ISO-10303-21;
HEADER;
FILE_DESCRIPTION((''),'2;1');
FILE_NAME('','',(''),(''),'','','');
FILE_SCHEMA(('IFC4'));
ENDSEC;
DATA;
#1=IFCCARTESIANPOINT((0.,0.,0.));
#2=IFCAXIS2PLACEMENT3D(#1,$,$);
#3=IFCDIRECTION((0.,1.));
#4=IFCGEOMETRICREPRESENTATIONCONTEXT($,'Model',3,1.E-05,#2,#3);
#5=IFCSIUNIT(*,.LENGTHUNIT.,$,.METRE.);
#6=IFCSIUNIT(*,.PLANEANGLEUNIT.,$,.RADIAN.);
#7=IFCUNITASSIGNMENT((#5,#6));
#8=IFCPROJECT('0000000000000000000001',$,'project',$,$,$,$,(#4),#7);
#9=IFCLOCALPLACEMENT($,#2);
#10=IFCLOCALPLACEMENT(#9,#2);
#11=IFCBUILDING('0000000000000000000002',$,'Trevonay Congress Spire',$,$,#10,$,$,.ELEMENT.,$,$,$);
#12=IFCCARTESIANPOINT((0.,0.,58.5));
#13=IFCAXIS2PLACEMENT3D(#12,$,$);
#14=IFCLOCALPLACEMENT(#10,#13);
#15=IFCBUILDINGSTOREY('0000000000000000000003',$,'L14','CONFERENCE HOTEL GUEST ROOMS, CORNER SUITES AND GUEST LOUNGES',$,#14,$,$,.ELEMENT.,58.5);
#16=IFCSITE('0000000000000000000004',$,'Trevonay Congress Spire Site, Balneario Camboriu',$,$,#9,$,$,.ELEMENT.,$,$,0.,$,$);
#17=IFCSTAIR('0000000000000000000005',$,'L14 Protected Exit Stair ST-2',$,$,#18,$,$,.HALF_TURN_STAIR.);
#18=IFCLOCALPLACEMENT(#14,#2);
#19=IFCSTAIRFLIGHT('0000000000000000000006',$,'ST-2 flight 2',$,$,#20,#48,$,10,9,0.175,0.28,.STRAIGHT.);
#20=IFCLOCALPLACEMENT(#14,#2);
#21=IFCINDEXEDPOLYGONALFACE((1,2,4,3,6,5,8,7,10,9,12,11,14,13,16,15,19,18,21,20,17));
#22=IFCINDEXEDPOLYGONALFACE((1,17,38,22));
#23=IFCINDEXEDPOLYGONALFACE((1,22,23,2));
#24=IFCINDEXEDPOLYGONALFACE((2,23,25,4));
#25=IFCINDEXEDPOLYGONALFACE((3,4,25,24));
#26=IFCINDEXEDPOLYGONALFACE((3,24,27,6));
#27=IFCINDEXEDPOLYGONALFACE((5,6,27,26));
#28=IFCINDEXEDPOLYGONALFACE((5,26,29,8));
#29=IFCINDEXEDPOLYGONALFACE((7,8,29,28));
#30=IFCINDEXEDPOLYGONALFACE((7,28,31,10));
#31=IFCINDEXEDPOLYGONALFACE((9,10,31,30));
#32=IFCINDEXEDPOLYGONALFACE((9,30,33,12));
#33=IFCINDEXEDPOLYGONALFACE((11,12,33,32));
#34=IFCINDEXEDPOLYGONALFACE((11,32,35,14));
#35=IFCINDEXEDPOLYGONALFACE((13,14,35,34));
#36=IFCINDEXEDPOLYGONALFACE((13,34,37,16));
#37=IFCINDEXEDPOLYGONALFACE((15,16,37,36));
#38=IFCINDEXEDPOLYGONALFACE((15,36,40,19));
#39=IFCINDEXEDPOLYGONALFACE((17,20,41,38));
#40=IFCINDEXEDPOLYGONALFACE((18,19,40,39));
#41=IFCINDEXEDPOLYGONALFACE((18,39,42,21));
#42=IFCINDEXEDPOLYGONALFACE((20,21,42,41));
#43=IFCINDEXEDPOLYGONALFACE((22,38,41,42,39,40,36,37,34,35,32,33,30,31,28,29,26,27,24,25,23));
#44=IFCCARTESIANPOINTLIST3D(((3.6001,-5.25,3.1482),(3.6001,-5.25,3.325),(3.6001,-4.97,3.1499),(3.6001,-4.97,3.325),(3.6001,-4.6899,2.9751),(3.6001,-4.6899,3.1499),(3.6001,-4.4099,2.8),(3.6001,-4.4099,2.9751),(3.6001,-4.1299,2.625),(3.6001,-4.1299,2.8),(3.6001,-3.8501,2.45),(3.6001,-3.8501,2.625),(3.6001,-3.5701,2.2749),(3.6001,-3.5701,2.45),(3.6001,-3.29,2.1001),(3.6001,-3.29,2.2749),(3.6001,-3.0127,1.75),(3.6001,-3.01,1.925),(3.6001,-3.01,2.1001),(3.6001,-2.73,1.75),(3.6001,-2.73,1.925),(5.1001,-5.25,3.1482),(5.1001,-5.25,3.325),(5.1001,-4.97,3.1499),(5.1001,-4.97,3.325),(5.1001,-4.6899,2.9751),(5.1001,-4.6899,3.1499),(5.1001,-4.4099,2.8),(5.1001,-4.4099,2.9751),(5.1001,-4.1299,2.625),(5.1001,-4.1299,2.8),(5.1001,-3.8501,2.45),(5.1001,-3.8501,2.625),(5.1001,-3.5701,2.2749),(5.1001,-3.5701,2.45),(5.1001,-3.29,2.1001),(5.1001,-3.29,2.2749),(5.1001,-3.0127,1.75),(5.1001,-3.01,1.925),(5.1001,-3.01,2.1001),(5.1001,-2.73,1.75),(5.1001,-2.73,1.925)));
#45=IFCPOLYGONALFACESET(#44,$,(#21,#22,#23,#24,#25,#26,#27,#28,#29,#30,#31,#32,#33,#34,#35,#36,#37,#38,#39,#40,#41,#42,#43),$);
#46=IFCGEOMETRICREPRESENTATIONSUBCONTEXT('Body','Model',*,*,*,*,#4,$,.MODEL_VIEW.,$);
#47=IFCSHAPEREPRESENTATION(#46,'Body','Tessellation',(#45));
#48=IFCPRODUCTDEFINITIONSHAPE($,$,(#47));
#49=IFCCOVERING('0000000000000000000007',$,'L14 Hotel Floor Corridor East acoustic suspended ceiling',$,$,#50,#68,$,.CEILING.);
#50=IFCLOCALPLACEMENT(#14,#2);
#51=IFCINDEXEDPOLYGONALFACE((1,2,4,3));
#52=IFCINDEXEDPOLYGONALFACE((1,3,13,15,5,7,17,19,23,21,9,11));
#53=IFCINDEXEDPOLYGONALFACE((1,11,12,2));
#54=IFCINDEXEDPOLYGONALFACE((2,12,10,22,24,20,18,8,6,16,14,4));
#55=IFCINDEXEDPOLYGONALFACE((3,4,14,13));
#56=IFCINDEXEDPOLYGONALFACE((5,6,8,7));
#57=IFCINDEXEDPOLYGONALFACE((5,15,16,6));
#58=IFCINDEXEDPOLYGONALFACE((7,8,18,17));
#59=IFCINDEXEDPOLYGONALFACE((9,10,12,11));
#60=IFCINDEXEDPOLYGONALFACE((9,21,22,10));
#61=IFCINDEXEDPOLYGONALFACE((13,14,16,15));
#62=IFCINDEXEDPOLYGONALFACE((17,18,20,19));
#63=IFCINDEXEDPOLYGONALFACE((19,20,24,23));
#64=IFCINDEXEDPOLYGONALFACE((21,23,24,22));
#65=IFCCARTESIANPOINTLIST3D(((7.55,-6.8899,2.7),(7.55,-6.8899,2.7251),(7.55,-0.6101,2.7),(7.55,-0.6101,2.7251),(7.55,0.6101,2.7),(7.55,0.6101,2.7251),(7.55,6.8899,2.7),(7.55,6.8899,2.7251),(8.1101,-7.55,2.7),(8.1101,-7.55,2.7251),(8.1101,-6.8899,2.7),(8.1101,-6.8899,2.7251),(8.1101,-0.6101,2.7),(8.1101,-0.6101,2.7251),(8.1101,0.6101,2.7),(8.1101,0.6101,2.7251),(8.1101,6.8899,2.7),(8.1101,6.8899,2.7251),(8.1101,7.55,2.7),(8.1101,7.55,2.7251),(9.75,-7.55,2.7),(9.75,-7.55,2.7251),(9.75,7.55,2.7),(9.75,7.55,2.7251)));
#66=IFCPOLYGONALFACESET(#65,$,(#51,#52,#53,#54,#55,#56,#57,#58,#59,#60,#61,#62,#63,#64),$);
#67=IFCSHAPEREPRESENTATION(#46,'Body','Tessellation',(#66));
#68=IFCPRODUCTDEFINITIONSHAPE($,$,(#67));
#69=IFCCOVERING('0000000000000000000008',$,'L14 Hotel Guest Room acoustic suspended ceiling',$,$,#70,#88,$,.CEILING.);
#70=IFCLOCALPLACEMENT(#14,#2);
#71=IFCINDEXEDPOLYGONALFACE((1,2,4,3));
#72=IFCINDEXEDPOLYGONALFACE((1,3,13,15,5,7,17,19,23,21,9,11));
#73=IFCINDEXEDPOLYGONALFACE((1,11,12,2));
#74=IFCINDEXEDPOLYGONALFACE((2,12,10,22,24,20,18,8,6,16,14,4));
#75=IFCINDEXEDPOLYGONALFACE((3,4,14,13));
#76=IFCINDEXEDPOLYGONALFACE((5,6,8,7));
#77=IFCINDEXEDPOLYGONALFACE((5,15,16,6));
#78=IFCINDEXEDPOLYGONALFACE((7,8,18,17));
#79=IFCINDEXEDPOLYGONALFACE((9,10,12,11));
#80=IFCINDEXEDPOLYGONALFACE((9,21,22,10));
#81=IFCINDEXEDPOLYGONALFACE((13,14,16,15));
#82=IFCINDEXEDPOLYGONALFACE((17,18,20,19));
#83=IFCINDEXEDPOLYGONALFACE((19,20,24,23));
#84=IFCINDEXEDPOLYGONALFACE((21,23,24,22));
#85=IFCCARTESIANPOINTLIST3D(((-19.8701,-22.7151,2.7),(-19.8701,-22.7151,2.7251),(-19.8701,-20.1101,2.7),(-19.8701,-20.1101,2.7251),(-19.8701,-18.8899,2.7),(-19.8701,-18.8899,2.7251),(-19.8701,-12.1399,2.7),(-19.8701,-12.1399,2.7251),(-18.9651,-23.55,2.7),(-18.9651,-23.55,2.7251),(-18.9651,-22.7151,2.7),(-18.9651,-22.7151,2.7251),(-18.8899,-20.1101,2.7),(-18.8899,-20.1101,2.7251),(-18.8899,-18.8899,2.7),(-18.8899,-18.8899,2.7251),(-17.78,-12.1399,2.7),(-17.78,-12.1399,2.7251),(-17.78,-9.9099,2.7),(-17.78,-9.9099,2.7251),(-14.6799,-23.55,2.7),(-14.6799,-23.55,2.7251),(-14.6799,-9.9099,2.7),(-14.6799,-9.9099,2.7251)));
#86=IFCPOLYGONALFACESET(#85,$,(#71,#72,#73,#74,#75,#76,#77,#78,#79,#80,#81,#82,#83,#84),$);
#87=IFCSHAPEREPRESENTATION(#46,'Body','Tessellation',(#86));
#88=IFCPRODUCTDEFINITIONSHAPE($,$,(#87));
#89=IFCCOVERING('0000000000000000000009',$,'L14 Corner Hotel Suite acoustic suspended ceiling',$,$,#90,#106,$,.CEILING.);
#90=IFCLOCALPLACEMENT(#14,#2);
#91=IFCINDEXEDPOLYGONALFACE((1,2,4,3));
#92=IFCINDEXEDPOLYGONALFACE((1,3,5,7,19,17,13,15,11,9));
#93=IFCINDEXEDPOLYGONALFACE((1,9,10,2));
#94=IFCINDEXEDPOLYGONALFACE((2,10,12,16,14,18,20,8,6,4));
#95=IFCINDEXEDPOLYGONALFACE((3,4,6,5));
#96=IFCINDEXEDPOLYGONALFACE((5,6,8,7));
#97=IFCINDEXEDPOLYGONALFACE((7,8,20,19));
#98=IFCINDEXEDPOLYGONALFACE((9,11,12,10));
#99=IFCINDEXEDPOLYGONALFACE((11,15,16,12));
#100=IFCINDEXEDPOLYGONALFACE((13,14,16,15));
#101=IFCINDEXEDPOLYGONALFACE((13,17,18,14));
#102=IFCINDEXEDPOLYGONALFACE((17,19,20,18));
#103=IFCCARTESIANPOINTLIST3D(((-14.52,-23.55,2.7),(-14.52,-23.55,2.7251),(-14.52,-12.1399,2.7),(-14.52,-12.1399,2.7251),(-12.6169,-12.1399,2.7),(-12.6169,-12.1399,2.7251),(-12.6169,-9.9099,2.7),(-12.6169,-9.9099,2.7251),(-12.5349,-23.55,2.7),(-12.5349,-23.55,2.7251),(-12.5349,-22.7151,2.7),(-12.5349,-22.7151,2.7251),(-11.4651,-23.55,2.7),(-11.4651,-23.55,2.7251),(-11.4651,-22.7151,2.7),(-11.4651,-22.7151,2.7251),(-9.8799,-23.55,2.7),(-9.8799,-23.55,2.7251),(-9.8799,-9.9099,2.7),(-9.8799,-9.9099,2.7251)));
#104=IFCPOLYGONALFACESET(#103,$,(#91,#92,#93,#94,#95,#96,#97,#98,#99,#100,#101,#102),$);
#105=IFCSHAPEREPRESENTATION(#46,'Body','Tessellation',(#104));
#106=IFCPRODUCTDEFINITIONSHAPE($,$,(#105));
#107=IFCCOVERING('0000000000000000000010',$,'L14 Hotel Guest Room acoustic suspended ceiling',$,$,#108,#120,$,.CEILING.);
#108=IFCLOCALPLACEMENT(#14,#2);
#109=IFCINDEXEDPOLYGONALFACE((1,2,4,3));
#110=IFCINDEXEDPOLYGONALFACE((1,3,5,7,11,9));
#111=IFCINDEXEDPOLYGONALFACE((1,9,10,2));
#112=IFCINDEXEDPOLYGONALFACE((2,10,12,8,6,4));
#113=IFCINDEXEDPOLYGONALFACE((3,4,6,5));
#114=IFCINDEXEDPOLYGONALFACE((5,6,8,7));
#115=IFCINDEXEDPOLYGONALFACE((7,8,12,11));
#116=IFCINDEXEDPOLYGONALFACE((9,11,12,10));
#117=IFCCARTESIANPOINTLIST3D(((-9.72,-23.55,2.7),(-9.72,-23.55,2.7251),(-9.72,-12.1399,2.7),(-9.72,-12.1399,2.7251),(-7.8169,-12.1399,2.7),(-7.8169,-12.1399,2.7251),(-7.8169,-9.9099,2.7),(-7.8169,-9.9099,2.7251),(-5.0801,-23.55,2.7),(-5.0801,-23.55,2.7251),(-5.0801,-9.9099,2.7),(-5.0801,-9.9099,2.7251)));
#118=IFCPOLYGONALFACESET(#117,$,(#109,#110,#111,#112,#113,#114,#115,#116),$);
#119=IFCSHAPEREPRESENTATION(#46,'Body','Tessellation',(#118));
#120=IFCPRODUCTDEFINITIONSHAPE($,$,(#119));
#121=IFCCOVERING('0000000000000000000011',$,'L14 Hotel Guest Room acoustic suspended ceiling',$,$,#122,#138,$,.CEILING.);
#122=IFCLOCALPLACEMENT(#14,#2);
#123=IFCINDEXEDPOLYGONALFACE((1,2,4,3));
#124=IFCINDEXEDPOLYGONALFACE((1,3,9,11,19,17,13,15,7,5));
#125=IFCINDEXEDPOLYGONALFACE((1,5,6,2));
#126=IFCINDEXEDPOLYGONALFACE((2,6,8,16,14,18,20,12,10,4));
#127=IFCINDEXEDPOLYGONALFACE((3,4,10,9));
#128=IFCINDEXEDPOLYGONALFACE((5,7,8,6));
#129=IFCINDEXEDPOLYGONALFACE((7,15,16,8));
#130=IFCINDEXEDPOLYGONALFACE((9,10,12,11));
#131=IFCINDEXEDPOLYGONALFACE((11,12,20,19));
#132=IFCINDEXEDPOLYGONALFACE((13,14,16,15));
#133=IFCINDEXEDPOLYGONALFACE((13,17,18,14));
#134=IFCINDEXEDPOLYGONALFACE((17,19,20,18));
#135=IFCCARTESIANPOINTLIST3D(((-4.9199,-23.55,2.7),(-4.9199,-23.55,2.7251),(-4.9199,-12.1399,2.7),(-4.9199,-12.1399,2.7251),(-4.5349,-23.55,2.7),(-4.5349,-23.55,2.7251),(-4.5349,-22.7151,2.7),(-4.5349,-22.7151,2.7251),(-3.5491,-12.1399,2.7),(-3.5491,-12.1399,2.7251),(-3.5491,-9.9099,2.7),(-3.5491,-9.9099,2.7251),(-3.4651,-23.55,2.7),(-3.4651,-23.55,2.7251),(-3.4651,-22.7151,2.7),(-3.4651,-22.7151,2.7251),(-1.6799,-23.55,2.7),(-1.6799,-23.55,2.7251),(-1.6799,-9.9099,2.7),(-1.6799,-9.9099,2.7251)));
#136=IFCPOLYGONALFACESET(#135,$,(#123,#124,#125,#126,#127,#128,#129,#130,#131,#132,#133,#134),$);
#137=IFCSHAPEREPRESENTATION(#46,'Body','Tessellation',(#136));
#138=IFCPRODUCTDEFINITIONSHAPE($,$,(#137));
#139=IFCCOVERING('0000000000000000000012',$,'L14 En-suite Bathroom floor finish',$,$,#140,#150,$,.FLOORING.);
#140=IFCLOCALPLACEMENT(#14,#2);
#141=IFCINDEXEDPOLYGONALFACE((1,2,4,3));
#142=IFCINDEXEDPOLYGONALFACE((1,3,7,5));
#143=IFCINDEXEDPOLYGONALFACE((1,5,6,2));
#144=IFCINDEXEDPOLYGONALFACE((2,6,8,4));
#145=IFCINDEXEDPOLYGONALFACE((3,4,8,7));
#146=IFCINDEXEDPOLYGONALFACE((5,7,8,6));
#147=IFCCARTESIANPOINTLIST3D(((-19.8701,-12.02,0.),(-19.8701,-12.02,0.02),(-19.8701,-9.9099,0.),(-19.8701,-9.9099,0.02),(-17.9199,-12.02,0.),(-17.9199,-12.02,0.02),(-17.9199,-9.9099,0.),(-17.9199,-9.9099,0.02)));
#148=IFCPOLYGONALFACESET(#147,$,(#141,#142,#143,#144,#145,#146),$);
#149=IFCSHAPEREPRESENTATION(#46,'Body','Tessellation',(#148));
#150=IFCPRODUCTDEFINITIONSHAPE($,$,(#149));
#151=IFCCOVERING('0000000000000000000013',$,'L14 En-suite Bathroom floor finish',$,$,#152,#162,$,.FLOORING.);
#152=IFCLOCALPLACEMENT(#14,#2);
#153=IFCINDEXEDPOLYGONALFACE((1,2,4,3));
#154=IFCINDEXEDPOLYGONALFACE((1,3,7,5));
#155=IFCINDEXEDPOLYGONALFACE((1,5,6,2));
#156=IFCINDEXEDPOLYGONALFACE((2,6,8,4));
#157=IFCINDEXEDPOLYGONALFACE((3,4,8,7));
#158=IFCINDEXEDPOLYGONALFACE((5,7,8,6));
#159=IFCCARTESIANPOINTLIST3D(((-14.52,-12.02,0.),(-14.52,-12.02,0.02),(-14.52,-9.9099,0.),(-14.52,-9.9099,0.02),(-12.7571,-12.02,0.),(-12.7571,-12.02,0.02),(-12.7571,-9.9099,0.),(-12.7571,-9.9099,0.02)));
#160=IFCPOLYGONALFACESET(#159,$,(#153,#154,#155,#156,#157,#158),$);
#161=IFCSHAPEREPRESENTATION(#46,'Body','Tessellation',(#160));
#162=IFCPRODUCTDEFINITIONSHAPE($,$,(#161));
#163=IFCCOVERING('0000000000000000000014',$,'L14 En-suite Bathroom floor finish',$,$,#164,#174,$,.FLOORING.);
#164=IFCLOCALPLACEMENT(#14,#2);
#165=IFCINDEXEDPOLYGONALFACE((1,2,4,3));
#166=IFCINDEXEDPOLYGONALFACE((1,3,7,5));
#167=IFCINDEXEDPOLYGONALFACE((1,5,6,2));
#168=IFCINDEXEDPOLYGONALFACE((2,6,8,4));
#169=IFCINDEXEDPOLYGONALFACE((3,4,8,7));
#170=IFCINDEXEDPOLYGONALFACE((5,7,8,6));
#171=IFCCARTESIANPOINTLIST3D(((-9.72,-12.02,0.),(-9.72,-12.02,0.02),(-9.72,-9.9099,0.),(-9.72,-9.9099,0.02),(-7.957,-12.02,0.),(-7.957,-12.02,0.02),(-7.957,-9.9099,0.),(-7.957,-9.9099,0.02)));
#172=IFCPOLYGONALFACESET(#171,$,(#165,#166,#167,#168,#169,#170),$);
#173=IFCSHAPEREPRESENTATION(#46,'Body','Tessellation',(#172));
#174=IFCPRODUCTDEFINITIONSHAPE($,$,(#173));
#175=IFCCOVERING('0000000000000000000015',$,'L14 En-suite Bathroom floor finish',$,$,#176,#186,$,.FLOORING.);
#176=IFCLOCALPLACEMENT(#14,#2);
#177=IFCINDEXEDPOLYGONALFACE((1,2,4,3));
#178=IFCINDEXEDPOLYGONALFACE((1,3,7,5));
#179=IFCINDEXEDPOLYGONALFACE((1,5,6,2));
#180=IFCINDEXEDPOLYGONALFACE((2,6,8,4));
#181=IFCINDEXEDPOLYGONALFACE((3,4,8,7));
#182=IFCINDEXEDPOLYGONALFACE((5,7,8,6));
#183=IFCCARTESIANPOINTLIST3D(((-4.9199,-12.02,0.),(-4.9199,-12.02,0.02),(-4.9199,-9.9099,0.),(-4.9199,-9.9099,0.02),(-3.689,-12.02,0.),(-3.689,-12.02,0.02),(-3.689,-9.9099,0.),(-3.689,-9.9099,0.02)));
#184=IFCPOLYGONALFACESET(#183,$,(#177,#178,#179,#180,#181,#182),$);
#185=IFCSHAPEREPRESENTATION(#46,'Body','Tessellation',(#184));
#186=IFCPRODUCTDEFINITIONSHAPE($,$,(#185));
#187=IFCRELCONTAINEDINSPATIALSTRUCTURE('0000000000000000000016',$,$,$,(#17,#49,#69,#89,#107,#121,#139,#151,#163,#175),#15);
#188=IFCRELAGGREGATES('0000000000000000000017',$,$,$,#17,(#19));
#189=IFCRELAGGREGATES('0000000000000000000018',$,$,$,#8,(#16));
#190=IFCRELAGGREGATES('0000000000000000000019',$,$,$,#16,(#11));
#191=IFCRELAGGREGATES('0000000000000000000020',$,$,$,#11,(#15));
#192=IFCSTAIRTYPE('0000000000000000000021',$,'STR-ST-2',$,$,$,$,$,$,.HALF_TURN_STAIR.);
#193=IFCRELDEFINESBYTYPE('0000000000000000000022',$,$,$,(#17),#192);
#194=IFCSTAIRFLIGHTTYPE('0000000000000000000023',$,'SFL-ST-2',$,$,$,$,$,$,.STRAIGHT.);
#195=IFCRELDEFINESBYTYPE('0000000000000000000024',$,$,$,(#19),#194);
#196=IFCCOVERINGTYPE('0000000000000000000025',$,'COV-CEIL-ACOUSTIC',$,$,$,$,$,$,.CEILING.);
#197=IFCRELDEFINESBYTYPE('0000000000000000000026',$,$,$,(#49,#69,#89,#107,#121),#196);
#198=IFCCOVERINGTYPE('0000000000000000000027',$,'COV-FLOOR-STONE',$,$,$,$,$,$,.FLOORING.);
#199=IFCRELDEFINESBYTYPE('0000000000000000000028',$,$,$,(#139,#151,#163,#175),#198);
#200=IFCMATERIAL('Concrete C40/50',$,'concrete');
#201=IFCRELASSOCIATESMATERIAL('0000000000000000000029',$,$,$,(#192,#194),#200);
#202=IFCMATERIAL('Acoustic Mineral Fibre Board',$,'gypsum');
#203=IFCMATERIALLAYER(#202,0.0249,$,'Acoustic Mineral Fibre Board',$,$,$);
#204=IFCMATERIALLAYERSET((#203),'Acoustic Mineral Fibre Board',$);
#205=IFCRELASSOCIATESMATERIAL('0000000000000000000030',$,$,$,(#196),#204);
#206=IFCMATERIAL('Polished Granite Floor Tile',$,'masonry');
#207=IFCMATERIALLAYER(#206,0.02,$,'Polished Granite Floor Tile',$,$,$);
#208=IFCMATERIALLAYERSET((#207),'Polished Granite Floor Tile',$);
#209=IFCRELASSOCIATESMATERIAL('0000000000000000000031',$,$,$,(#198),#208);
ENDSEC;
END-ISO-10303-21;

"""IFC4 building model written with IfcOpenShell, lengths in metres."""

from ifc_helpers import new_model, si_unit, direction, frame, origin, place, context, subcontext, project, spatial, polyline, outline, extrude, material, layer, layer_set, type_object, element, aggregate, save


model = new_model("IFC4")

# Units and contexts
model_context = context("Model", 3, precision=1e-05, world=origin(), true_north=direction((0.0, 1.0)))
body_context = subcontext(model_context, "Body", "Model", "MODEL_VIEW")
ifc_project = project(units=[si_unit("LENGTHUNIT", "METRE"), si_unit("PLANEANGLEUNIT", "RADIAN")], contexts=[model_context])

# Site, building, storey
site_placement = place(None, origin())
site = spatial("IfcSite", under=ifc_project, at=site_placement, Name="Trevonay Congress Spire Site, Balneario Camboriu", CompositionType="ELEMENT", RefElevation=0.0)
building_placement = place(site_placement, origin())
building = spatial("IfcBuilding", under=site, at=building_placement, Name="Trevonay Congress Spire", CompositionType="ELEMENT")
storey_placement = place(building_placement, frame((0.0, 0.0, 58.5)))
storey = spatial("IfcBuildingStorey", under=building, at=storey_placement, Name="L14", Description="CONFERENCE HOTEL GUEST ROOMS, CORNER SUITES AND GUEST LOUNGES", CompositionType="ELEMENT", Elevation=58.5)

# Shared definitions
ifc_material_1 = material(Name="Concrete C40/50", Category="concrete")

# Stair, stair flight
stair_type = type_object("IfcStairType", Name="STR-ST-2", PredefinedType="HALF_TURN_STAIR", material=ifc_material_1)
stair_placement = place(storey_placement, origin())
stair = element("IfcStair", 1, at=stair_placement, inside=storey, type_object=stair_type, Name="L14 Protected Exit Stair ST-2", PredefinedType="HALF_TURN_STAIR")
stair_flight_type = type_object("IfcStairFlightType", Name="SFL-ST-2", PredefinedType="STRAIGHT", material=ifc_material_1)
stair_flight_1_placement = place(storey_placement, frame((4.3501, -2.73, 1.75), z_axis=(0.0, 0.0, 1.0), x_axis=(0.0, -1.0, 0.0)))
stair_flight_1 = element("IfcStairFlight", 2, at=stair_flight_1_placement, type_object=stair_flight_type, Name="ST-2 flight 2", NumberOfRisers=10, NumberOfTreads=9, PredefinedType="STRAIGHT", RiserHeight=0.175, TreadLength=0.28, context=body_context, shape_type="SweptSolid", body=[
    extrude(outline(polyline([(0.0, 0.0), (0.0, 0.175), (0.28, 0.175), (0.28, 0.3501), (0.5601, 0.3501), (0.5601, 0.5249), (0.8401, 0.5249), (0.8401, 0.7), (1.1201, 0.7), (1.1201, 0.875), (1.3999, 0.875), (1.3999, 1.05), (1.6799, 1.05), (1.6799, 1.2251), (1.96, 1.2251), (1.96, 1.3999), (2.24, 1.3999), (2.24, 1.575), (2.52, 1.575), (2.52, 1.75), (2.52, 1.3982), (0.2827, 0.0), (0.0, 0.0)])), frame((0.0, 0.75, 0.0), z_axis=(0.0, -1.0, 0.0), x_axis=(1.0, 0.0, 0.0)), (0.0, 0.0, 1.0), 1.5),
])
aggregate(stair, [stair_flight_1])

# Coverings
ifc_material_2 = material(Name="Acoustic Mineral Fibre Board", Category="gypsum")
ifc_layer_1 = layer(ifc_material_2, 0.0249, Name="Acoustic Mineral Fibre Board")
ifc_layer_set_1 = layer_set([ifc_layer_1], Name="Acoustic Mineral Fibre Board")
covering_type_1 = type_object("IfcCoveringType", Name="COV-CEIL-ACOUSTIC", PredefinedType="CEILING", material=ifc_layer_set_1)
covering_1_placement = place(storey_placement, frame((0.0, 0.0, 2.7)))
element("IfcCovering", 3, at=covering_1_placement, inside=storey, type_object=covering_type_1, Name="L14 Hotel Floor Corridor East acoustic suspended ceiling", PredefinedType="CEILING", context=body_context, shape_type="SweptSolid", body=[
    extrude(outline(polyline([(9.75, -7.55), (8.1101, -7.55), (8.1101, -6.8899), (7.55, -6.8899), (7.55, -0.6101), (8.1101, -0.6101), (8.1101, 0.6101), (7.55, 0.6101), (7.55, 6.8899), (8.1101, 6.8899), (8.1101, 7.55), (9.75, 7.55), (9.75, -7.55)])), origin(), (0.0, 0.0, 1.0), 0.0251),
])
covering_2_placement = place(storey_placement, frame((0.0, 0.0, 2.7)))
element("IfcCovering", 4, at=covering_2_placement, inside=storey, type_object=covering_type_1, Name="L14 Hotel Guest Room acoustic suspended ceiling", PredefinedType="CEILING", context=body_context, shape_type="SweptSolid", body=[
    extrude(outline(polyline([(-19.8701, -12.1399), (-17.78, -12.1399), (-17.78, -9.9099), (-14.6799, -9.9099), (-14.6799, -23.55), (-18.9651, -23.55), (-18.9651, -22.7151), (-19.8701, -22.7151), (-19.8701, -20.1101), (-18.8899, -20.1101), (-18.8899, -18.8899), (-19.8701, -18.8899), (-19.8701, -12.1399)])), origin(), (0.0, 0.0, 1.0), 0.0251),
])
covering_3_placement = place(storey_placement, frame((0.0, 0.0, 2.7)))
element("IfcCovering", 5, at=covering_3_placement, inside=storey, type_object=covering_type_1, Name="L14 Corner Hotel Suite acoustic suspended ceiling", PredefinedType="CEILING", context=body_context, shape_type="SweptSolid", body=[
    extrude(outline(polyline([(-14.52, -23.55), (-14.52, -12.1399), (-12.6169, -12.1399), (-12.6169, -9.9099), (-9.8799, -9.9099), (-9.8799, -23.55), (-11.4651, -23.55), (-11.4651, -22.7151), (-12.5349, -22.7151), (-12.5349, -23.55), (-14.52, -23.55)])), origin(), (0.0, 0.0, 1.0), 0.0251),
])
covering_4_placement = place(storey_placement, frame((0.0, 0.0, 2.7)))
element("IfcCovering", 6, at=covering_4_placement, inside=storey, type_object=covering_type_1, Name="L14 Hotel Guest Room acoustic suspended ceiling", PredefinedType="CEILING", context=body_context, shape_type="SweptSolid", body=[
    extrude(outline(polyline([(-9.72, -23.55), (-5.0801, -23.55), (-5.0801, -9.9099), (-7.8169, -9.9099), (-7.8169, -12.1399), (-9.72, -12.1399), (-9.72, -23.55)])), origin(), (0.0, 0.0, 1.0), 0.0251),
])
covering_5_placement = place(storey_placement, frame((0.0, 0.0, 2.7)))
element("IfcCovering", 7, at=covering_5_placement, inside=storey, type_object=covering_type_1, Name="L14 Hotel Guest Room acoustic suspended ceiling", PredefinedType="CEILING", context=body_context, shape_type="SweptSolid", body=[
    extrude(outline(polyline([(-4.9199, -23.55), (-4.9199, -12.1399), (-3.5491, -12.1399), (-3.5491, -9.9099), (-1.6799, -9.9099), (-1.6799, -23.55), (-3.4651, -23.55), (-3.4651, -22.7151), (-4.5349, -22.7151), (-4.5349, -23.55), (-4.9199, -23.55)])), origin(), (0.0, 0.0, 1.0), 0.0251),
])
ifc_material_3 = material(Name="Polished Granite Floor Tile", Category="masonry")
ifc_layer_2 = layer(ifc_material_3, 0.02, Name="Polished Granite Floor Tile")
ifc_layer_set_2 = layer_set([ifc_layer_2], Name="Polished Granite Floor Tile")
covering_type_2 = type_object("IfcCoveringType", Name="COV-FLOOR-STONE", PredefinedType="FLOORING", material=ifc_layer_set_2)
covering_6_placement = place(storey_placement, origin())
element("IfcCovering", 8, at=covering_6_placement, inside=storey, type_object=covering_type_2, Name="L14 En-suite Bathroom floor finish", PredefinedType="FLOORING", context=body_context, shape_type="SweptSolid", body=[
    extrude(outline(polyline([(-19.8701, -12.02), (-17.9199, -12.02), (-17.9199, -9.9099), (-19.8701, -9.9099), (-19.8701, -12.02)])), origin(), (0.0, 0.0, 1.0), 0.02),
])
covering_7_placement = place(storey_placement, origin())
element("IfcCovering", 9, at=covering_7_placement, inside=storey, type_object=covering_type_2, Name="L14 En-suite Bathroom floor finish", PredefinedType="FLOORING", context=body_context, shape_type="SweptSolid", body=[
    extrude(outline(polyline([(-14.52, -12.02), (-12.7571, -12.02), (-12.7571, -9.9099), (-14.52, -9.9099), (-14.52, -12.02)])), origin(), (0.0, 0.0, 1.0), 0.02),
])
covering_8_placement = place(storey_placement, origin())
element("IfcCovering", 10, at=covering_8_placement, inside=storey, type_object=covering_type_2, Name="L14 En-suite Bathroom floor finish", PredefinedType="FLOORING", context=body_context, shape_type="SweptSolid", body=[
    extrude(outline(polyline([(-9.72, -12.02), (-7.957, -12.02), (-7.957, -9.9099), (-9.72, -9.9099), (-9.72, -12.02)])), origin(), (0.0, 0.0, 1.0), 0.02),
])
covering_9_placement = place(storey_placement, origin())
element("IfcCovering", 11, at=covering_9_placement, inside=storey, type_object=covering_type_2, Name="L14 En-suite Bathroom floor finish", PredefinedType="FLOORING", context=body_context, shape_type="SweptSolid", body=[
    extrude(outline(polyline([(-4.9199, -12.02), (-3.689, -12.02), (-3.689, -9.9099), (-4.9199, -9.9099), (-4.9199, -12.02)])), origin(), (0.0, 0.0, 1.0), 0.02),
])

save(model, "model.ifc")
